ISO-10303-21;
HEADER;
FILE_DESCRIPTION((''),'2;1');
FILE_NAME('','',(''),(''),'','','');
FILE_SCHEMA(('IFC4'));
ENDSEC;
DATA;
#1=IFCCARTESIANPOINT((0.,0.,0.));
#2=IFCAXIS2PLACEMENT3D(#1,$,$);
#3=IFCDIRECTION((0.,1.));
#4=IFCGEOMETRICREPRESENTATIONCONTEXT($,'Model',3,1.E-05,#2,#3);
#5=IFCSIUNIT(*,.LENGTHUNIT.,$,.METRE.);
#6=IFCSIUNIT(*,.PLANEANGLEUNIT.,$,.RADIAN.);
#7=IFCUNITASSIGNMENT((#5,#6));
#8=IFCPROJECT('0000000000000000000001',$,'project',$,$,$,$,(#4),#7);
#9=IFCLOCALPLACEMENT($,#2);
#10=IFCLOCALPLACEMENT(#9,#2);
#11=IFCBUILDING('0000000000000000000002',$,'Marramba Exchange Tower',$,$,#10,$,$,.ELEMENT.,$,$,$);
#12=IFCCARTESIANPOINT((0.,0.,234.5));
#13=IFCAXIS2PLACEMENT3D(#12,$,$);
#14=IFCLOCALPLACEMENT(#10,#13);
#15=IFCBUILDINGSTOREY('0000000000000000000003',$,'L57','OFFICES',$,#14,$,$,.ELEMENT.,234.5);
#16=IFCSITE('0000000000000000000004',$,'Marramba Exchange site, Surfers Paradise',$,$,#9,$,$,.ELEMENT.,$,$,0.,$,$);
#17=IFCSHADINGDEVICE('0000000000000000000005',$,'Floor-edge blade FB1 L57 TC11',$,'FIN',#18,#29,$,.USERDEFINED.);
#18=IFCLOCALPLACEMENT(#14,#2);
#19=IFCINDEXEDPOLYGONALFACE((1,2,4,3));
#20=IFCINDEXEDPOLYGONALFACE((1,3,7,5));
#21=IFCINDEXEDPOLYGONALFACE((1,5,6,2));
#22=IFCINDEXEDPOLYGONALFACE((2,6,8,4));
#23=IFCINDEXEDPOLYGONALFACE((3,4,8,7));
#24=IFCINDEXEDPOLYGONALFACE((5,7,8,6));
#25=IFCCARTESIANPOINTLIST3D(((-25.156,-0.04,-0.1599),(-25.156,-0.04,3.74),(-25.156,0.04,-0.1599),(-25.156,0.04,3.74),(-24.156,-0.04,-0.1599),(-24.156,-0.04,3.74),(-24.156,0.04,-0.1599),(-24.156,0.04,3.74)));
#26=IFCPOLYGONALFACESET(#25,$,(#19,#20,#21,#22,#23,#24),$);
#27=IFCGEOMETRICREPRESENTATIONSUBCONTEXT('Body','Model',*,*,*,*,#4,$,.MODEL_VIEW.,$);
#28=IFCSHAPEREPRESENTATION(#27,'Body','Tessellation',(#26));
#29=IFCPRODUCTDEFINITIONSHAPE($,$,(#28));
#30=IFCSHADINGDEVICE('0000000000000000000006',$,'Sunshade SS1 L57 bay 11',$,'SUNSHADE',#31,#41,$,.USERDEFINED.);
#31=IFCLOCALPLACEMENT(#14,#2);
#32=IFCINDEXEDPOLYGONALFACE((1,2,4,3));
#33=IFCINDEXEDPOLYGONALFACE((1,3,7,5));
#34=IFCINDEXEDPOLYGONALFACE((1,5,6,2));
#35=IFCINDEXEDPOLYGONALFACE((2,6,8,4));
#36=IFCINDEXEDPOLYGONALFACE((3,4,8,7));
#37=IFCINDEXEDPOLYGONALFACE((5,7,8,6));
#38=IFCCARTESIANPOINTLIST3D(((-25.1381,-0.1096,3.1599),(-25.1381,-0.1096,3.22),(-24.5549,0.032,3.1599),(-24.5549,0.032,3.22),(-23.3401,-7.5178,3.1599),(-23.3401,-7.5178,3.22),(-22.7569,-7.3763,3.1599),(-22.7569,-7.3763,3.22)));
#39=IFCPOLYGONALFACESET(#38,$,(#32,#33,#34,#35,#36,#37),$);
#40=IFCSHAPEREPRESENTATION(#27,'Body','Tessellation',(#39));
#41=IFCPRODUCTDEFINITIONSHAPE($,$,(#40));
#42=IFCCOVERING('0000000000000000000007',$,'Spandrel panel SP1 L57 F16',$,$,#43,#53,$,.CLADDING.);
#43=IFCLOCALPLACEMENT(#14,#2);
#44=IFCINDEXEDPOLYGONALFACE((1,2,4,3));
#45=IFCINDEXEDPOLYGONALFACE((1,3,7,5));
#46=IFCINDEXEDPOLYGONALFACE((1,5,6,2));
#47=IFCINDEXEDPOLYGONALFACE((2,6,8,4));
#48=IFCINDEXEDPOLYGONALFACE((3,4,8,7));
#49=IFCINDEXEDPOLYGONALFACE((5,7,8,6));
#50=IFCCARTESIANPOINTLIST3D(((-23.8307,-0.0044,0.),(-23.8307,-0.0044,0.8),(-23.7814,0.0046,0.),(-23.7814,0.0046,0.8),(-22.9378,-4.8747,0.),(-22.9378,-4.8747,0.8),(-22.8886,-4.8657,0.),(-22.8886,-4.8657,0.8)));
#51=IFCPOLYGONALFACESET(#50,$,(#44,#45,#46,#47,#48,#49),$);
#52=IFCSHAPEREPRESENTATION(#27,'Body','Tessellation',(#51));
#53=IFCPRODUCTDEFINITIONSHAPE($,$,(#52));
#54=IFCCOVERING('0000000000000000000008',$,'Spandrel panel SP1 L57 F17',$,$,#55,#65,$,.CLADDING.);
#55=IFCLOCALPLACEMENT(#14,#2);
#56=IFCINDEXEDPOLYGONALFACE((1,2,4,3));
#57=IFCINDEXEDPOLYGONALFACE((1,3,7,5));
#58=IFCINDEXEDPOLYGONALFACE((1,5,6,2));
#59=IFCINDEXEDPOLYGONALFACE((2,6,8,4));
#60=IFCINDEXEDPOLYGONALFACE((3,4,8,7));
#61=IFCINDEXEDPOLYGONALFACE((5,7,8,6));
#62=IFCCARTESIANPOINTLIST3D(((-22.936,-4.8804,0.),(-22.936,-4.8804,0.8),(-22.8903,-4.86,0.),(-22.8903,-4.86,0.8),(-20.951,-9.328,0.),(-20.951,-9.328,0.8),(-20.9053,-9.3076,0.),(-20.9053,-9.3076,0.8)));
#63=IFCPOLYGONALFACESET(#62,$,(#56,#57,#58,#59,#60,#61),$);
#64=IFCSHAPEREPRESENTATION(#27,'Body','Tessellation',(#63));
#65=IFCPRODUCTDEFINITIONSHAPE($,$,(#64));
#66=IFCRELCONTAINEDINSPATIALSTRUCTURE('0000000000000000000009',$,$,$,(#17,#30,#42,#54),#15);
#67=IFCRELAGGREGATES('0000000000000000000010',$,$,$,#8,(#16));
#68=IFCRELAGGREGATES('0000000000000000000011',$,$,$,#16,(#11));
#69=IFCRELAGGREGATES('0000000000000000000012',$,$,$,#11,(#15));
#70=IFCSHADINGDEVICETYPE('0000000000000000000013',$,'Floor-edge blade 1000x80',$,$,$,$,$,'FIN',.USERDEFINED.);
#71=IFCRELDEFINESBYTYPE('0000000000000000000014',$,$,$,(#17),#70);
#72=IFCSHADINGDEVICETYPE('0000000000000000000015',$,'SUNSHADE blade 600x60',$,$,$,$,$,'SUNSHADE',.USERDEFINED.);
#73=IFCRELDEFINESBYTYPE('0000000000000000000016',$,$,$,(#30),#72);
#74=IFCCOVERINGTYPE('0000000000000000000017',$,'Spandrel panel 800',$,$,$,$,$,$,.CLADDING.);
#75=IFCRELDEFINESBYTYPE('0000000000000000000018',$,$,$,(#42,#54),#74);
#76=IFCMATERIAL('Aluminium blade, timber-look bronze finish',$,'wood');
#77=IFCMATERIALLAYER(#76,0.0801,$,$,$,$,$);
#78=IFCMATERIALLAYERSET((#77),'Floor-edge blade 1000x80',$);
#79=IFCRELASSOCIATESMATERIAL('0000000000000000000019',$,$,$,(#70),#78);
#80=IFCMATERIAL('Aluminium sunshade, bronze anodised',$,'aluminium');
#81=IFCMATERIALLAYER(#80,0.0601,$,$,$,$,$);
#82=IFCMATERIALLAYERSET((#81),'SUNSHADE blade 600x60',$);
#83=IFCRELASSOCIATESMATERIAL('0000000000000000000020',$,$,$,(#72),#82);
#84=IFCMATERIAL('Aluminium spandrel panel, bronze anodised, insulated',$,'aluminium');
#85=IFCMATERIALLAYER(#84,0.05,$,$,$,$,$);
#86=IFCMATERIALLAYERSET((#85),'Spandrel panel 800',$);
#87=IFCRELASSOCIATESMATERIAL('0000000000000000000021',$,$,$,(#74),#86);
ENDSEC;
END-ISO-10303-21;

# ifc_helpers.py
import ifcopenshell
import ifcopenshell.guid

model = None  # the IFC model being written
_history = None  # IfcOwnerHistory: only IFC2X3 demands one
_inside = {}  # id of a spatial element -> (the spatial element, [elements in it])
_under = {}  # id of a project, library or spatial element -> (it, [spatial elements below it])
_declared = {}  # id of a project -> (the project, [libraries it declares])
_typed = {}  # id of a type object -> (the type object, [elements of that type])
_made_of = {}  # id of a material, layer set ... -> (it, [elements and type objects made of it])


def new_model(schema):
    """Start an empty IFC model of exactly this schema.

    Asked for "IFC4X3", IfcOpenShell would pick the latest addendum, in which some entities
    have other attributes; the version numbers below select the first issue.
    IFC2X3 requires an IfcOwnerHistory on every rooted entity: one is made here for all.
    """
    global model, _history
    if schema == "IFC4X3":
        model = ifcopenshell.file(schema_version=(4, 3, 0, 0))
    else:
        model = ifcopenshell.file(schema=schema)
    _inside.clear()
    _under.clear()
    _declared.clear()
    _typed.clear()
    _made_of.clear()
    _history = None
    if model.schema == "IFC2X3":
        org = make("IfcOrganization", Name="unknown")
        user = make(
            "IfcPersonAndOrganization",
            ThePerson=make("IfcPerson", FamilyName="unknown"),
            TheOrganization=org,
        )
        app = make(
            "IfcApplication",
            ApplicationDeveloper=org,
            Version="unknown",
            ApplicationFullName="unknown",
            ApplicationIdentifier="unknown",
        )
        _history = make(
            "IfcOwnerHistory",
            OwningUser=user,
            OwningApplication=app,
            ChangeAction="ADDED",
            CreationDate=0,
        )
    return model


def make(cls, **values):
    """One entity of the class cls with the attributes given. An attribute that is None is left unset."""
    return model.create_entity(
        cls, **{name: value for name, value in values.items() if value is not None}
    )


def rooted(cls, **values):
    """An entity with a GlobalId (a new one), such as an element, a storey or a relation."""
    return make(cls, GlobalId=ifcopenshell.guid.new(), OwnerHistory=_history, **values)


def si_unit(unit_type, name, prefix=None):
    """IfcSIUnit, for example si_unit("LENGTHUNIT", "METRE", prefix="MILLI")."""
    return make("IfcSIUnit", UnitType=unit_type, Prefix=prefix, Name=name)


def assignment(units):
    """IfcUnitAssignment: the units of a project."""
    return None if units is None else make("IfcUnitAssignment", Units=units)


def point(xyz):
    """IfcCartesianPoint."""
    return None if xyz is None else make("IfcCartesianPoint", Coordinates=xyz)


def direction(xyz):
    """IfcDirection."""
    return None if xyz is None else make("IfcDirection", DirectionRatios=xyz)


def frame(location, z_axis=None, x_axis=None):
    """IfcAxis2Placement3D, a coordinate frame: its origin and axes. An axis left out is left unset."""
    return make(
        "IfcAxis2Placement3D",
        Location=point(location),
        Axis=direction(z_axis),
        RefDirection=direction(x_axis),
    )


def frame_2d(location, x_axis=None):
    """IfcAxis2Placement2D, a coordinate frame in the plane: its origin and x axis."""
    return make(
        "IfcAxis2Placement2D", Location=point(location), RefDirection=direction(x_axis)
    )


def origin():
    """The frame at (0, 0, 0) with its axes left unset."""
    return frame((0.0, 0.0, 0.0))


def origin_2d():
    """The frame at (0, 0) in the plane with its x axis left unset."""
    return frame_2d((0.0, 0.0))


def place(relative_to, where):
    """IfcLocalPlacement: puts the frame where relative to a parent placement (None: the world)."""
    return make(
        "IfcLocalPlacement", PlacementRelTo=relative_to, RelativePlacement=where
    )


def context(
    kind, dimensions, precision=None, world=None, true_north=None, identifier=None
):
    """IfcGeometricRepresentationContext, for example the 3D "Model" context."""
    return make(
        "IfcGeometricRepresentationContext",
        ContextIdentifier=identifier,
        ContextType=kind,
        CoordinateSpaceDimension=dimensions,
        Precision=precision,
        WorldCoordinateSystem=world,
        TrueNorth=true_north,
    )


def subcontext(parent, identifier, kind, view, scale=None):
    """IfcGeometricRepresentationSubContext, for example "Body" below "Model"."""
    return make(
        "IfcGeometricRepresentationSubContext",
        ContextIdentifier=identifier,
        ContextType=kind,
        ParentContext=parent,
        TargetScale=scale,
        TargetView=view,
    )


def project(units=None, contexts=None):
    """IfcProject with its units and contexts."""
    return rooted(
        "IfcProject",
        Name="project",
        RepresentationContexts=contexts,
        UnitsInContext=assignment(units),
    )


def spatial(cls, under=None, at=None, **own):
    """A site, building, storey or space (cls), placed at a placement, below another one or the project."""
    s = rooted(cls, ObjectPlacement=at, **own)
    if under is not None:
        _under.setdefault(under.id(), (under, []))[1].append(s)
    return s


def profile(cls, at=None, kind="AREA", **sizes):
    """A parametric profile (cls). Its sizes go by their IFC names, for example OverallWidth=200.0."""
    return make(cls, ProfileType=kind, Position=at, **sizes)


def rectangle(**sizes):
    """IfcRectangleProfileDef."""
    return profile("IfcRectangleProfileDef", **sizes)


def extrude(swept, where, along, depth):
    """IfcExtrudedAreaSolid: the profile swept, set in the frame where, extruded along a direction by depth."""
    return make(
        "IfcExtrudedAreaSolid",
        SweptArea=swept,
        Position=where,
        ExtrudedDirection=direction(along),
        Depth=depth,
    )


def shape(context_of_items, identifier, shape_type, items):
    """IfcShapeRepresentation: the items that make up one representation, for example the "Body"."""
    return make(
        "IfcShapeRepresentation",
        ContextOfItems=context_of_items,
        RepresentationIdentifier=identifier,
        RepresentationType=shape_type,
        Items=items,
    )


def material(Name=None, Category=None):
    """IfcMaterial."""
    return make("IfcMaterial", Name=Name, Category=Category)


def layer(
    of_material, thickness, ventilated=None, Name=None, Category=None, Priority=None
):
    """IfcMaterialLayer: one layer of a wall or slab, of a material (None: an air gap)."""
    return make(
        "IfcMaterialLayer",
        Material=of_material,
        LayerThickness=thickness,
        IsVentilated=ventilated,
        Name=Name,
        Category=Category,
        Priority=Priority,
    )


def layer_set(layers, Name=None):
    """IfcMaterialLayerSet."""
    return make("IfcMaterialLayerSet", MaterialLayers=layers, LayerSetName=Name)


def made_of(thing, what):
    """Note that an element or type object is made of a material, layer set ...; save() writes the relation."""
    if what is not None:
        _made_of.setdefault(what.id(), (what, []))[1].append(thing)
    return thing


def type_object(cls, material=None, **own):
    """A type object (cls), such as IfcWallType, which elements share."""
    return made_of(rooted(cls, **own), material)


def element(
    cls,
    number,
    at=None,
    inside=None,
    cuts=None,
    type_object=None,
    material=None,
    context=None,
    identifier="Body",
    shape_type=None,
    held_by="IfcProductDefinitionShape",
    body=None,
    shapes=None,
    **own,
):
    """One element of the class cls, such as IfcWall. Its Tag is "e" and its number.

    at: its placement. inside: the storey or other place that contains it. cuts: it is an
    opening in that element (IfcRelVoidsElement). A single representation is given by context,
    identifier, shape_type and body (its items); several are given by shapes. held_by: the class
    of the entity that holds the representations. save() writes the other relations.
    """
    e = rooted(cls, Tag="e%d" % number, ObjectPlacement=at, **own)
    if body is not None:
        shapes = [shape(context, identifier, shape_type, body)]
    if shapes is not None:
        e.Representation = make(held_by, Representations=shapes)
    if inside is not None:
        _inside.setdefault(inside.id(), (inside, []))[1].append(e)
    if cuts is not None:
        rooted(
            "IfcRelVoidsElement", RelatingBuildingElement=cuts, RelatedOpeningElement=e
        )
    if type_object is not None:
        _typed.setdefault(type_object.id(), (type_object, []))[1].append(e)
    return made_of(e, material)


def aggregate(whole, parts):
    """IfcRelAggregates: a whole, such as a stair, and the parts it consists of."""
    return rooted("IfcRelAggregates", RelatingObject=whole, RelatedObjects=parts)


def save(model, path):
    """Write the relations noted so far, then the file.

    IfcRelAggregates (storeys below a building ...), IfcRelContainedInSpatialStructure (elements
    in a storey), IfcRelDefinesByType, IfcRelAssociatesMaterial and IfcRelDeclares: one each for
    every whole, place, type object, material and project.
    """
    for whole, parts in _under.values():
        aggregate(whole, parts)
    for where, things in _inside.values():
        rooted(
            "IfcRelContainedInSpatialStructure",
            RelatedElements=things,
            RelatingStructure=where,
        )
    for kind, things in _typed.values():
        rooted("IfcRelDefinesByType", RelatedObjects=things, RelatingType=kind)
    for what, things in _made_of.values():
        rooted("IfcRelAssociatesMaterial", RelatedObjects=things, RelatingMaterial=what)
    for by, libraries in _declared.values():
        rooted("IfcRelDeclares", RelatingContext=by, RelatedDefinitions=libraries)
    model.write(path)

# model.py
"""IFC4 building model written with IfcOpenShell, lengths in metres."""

from ifc_helpers import new_model, si_unit, direction, frame, origin, origin_2d, place, context, subcontext, project, spatial, rectangle, extrude, material, layer, layer_set, type_object, element, save


model = new_model("IFC4")

# Units and contexts
model_context = context("Model", 3, precision=1e-05, world=origin(), true_north=direction((0.0, 1.0)))
body_context = subcontext(model_context, "Body", "Model", "MODEL_VIEW")
ifc_project = project(units=[si_unit("LENGTHUNIT", "METRE"), si_unit("PLANEANGLEUNIT", "RADIAN")], contexts=[model_context])

# Site, building, storey
site_placement = place(None, origin())
site = spatial("IfcSite", under=ifc_project, at=site_placement, Name="Marramba Exchange site, Surfers Paradise", CompositionType="ELEMENT", RefElevation=0.0)
building_placement = place(site_placement, origin())
building = spatial("IfcBuilding", under=site, at=building_placement, Name="Marramba Exchange Tower", CompositionType="ELEMENT")
storey_placement = place(building_placement, frame((0.0, 0.0, 234.5)))
storey = spatial("IfcBuildingStorey", under=building, at=storey_placement, Name="L57", Description="OFFICES", CompositionType="ELEMENT", Elevation=234.5)

# Shading devices
ifc_material_1 = material(Name="Aluminium blade, timber-look bronze finish", Category="wood")
ifc_layer_1 = layer(ifc_material_1, 0.0801)
ifc_layer_set_1 = layer_set([ifc_layer_1], Name="Floor-edge blade 1000x80")
shading_device_type_1 = type_object("IfcShadingDeviceType", Name="Floor-edge blade 1000x80", ElementType="FIN", PredefinedType="USERDEFINED", material=ifc_layer_set_1)
shading_device_1_placement = place(storey_placement, frame((-24.656, 0.0, -0.1599), z_axis=(0.0, 0.0, 1.0), x_axis=(-1.0, 0.0, 0.0)))
element("IfcShadingDevice", 1, at=shading_device_1_placement, inside=storey, type_object=shading_device_type_1, Name="Floor-edge blade FB1 L57 TC11", ObjectType="FIN", PredefinedType="USERDEFINED", context=body_context, shape_type="SweptSolid", body=[
    extrude(rectangle(XDim=1.0, YDim=0.0801, at=origin_2d()), origin(), (0.0, 0.0, 1.0), 3.8999),
])
ifc_material_2 = material(Name="Aluminium sunshade, bronze anodised", Category="aluminium")
ifc_layer_2 = layer(ifc_material_2, 0.0601)
ifc_layer_set_2 = layer_set([ifc_layer_2], Name="SUNSHADE blade 600x60")
shading_device_type_2 = type_object("IfcShadingDeviceType", Name="SUNSHADE blade 600x60", ElementType="SUNSHADE", PredefinedType="USERDEFINED", material=ifc_layer_set_2)
shading_device_2_placement = place(storey_placement, frame((-23.9475, -3.7429, 3.1599), z_axis=(0.0, 0.0, 1.0), x_axis=(0.235861, -0.971787, 0.0)))
element("IfcShadingDevice", 2, at=shading_device_2_placement, inside=storey, type_object=shading_device_type_2, Name="Sunshade SS1 L57 bay 11", ObjectType="SUNSHADE", PredefinedType="USERDEFINED", context=body_context, shape_type="SweptSolid", body=[
    extrude(rectangle(XDim=7.6233, YDim=0.6001, at=origin_2d()), origin(), (0.0, 0.0, 1.0), 0.0601),
])

# Coverings
ifc_material_3 = material(Name="Aluminium spandrel panel, bronze anodised, insulated", Category="aluminium")
ifc_layer_3 = layer(ifc_material_3, 0.05)
ifc_layer_set_3 = layer_set([ifc_layer_3], Name="Spandrel panel 800")
covering_type = type_object("IfcCoveringType", Name="Spandrel panel 800", PredefinedType="CLADDING", material=ifc_layer_set_3)
covering_1_placement = place(storey_placement, frame((-23.3596, -2.4351, 0.0), z_axis=(0.0, 0.0, 1.0), x_axis=(0.180327, -0.983607, 0.0)))
element("IfcCovering", 3, at=covering_1_placement, inside=storey, type_object=covering_type, Name="Spandrel panel SP1 L57 F16", PredefinedType="CLADDING", context=body_context, shape_type="SweptSolid", body=[
    extrude(rectangle(XDim=4.9514, YDim=0.05, at=origin_2d()), origin(), (0.0, 0.0, 1.0), 0.8),
])
covering_2_placement = place(storey_placement, frame((-21.9207, -7.094, 0.0), z_axis=(0.0, 0.0, 1.0), x_axis=(0.407558, -0.91318, 0.0)))
element("IfcCovering", 4, at=covering_2_placement, inside=storey, type_object=covering_type, Name="Spandrel panel SP1 L57 F17", PredefinedType="CLADDING", context=body_context, shape_type="SweptSolid", body=[
    extrude(rectangle(XDim=4.8704, YDim=0.05, at=origin_2d()), origin(), (0.0, 0.0, 1.0), 0.8),
])

save(model, "model.ifc")
